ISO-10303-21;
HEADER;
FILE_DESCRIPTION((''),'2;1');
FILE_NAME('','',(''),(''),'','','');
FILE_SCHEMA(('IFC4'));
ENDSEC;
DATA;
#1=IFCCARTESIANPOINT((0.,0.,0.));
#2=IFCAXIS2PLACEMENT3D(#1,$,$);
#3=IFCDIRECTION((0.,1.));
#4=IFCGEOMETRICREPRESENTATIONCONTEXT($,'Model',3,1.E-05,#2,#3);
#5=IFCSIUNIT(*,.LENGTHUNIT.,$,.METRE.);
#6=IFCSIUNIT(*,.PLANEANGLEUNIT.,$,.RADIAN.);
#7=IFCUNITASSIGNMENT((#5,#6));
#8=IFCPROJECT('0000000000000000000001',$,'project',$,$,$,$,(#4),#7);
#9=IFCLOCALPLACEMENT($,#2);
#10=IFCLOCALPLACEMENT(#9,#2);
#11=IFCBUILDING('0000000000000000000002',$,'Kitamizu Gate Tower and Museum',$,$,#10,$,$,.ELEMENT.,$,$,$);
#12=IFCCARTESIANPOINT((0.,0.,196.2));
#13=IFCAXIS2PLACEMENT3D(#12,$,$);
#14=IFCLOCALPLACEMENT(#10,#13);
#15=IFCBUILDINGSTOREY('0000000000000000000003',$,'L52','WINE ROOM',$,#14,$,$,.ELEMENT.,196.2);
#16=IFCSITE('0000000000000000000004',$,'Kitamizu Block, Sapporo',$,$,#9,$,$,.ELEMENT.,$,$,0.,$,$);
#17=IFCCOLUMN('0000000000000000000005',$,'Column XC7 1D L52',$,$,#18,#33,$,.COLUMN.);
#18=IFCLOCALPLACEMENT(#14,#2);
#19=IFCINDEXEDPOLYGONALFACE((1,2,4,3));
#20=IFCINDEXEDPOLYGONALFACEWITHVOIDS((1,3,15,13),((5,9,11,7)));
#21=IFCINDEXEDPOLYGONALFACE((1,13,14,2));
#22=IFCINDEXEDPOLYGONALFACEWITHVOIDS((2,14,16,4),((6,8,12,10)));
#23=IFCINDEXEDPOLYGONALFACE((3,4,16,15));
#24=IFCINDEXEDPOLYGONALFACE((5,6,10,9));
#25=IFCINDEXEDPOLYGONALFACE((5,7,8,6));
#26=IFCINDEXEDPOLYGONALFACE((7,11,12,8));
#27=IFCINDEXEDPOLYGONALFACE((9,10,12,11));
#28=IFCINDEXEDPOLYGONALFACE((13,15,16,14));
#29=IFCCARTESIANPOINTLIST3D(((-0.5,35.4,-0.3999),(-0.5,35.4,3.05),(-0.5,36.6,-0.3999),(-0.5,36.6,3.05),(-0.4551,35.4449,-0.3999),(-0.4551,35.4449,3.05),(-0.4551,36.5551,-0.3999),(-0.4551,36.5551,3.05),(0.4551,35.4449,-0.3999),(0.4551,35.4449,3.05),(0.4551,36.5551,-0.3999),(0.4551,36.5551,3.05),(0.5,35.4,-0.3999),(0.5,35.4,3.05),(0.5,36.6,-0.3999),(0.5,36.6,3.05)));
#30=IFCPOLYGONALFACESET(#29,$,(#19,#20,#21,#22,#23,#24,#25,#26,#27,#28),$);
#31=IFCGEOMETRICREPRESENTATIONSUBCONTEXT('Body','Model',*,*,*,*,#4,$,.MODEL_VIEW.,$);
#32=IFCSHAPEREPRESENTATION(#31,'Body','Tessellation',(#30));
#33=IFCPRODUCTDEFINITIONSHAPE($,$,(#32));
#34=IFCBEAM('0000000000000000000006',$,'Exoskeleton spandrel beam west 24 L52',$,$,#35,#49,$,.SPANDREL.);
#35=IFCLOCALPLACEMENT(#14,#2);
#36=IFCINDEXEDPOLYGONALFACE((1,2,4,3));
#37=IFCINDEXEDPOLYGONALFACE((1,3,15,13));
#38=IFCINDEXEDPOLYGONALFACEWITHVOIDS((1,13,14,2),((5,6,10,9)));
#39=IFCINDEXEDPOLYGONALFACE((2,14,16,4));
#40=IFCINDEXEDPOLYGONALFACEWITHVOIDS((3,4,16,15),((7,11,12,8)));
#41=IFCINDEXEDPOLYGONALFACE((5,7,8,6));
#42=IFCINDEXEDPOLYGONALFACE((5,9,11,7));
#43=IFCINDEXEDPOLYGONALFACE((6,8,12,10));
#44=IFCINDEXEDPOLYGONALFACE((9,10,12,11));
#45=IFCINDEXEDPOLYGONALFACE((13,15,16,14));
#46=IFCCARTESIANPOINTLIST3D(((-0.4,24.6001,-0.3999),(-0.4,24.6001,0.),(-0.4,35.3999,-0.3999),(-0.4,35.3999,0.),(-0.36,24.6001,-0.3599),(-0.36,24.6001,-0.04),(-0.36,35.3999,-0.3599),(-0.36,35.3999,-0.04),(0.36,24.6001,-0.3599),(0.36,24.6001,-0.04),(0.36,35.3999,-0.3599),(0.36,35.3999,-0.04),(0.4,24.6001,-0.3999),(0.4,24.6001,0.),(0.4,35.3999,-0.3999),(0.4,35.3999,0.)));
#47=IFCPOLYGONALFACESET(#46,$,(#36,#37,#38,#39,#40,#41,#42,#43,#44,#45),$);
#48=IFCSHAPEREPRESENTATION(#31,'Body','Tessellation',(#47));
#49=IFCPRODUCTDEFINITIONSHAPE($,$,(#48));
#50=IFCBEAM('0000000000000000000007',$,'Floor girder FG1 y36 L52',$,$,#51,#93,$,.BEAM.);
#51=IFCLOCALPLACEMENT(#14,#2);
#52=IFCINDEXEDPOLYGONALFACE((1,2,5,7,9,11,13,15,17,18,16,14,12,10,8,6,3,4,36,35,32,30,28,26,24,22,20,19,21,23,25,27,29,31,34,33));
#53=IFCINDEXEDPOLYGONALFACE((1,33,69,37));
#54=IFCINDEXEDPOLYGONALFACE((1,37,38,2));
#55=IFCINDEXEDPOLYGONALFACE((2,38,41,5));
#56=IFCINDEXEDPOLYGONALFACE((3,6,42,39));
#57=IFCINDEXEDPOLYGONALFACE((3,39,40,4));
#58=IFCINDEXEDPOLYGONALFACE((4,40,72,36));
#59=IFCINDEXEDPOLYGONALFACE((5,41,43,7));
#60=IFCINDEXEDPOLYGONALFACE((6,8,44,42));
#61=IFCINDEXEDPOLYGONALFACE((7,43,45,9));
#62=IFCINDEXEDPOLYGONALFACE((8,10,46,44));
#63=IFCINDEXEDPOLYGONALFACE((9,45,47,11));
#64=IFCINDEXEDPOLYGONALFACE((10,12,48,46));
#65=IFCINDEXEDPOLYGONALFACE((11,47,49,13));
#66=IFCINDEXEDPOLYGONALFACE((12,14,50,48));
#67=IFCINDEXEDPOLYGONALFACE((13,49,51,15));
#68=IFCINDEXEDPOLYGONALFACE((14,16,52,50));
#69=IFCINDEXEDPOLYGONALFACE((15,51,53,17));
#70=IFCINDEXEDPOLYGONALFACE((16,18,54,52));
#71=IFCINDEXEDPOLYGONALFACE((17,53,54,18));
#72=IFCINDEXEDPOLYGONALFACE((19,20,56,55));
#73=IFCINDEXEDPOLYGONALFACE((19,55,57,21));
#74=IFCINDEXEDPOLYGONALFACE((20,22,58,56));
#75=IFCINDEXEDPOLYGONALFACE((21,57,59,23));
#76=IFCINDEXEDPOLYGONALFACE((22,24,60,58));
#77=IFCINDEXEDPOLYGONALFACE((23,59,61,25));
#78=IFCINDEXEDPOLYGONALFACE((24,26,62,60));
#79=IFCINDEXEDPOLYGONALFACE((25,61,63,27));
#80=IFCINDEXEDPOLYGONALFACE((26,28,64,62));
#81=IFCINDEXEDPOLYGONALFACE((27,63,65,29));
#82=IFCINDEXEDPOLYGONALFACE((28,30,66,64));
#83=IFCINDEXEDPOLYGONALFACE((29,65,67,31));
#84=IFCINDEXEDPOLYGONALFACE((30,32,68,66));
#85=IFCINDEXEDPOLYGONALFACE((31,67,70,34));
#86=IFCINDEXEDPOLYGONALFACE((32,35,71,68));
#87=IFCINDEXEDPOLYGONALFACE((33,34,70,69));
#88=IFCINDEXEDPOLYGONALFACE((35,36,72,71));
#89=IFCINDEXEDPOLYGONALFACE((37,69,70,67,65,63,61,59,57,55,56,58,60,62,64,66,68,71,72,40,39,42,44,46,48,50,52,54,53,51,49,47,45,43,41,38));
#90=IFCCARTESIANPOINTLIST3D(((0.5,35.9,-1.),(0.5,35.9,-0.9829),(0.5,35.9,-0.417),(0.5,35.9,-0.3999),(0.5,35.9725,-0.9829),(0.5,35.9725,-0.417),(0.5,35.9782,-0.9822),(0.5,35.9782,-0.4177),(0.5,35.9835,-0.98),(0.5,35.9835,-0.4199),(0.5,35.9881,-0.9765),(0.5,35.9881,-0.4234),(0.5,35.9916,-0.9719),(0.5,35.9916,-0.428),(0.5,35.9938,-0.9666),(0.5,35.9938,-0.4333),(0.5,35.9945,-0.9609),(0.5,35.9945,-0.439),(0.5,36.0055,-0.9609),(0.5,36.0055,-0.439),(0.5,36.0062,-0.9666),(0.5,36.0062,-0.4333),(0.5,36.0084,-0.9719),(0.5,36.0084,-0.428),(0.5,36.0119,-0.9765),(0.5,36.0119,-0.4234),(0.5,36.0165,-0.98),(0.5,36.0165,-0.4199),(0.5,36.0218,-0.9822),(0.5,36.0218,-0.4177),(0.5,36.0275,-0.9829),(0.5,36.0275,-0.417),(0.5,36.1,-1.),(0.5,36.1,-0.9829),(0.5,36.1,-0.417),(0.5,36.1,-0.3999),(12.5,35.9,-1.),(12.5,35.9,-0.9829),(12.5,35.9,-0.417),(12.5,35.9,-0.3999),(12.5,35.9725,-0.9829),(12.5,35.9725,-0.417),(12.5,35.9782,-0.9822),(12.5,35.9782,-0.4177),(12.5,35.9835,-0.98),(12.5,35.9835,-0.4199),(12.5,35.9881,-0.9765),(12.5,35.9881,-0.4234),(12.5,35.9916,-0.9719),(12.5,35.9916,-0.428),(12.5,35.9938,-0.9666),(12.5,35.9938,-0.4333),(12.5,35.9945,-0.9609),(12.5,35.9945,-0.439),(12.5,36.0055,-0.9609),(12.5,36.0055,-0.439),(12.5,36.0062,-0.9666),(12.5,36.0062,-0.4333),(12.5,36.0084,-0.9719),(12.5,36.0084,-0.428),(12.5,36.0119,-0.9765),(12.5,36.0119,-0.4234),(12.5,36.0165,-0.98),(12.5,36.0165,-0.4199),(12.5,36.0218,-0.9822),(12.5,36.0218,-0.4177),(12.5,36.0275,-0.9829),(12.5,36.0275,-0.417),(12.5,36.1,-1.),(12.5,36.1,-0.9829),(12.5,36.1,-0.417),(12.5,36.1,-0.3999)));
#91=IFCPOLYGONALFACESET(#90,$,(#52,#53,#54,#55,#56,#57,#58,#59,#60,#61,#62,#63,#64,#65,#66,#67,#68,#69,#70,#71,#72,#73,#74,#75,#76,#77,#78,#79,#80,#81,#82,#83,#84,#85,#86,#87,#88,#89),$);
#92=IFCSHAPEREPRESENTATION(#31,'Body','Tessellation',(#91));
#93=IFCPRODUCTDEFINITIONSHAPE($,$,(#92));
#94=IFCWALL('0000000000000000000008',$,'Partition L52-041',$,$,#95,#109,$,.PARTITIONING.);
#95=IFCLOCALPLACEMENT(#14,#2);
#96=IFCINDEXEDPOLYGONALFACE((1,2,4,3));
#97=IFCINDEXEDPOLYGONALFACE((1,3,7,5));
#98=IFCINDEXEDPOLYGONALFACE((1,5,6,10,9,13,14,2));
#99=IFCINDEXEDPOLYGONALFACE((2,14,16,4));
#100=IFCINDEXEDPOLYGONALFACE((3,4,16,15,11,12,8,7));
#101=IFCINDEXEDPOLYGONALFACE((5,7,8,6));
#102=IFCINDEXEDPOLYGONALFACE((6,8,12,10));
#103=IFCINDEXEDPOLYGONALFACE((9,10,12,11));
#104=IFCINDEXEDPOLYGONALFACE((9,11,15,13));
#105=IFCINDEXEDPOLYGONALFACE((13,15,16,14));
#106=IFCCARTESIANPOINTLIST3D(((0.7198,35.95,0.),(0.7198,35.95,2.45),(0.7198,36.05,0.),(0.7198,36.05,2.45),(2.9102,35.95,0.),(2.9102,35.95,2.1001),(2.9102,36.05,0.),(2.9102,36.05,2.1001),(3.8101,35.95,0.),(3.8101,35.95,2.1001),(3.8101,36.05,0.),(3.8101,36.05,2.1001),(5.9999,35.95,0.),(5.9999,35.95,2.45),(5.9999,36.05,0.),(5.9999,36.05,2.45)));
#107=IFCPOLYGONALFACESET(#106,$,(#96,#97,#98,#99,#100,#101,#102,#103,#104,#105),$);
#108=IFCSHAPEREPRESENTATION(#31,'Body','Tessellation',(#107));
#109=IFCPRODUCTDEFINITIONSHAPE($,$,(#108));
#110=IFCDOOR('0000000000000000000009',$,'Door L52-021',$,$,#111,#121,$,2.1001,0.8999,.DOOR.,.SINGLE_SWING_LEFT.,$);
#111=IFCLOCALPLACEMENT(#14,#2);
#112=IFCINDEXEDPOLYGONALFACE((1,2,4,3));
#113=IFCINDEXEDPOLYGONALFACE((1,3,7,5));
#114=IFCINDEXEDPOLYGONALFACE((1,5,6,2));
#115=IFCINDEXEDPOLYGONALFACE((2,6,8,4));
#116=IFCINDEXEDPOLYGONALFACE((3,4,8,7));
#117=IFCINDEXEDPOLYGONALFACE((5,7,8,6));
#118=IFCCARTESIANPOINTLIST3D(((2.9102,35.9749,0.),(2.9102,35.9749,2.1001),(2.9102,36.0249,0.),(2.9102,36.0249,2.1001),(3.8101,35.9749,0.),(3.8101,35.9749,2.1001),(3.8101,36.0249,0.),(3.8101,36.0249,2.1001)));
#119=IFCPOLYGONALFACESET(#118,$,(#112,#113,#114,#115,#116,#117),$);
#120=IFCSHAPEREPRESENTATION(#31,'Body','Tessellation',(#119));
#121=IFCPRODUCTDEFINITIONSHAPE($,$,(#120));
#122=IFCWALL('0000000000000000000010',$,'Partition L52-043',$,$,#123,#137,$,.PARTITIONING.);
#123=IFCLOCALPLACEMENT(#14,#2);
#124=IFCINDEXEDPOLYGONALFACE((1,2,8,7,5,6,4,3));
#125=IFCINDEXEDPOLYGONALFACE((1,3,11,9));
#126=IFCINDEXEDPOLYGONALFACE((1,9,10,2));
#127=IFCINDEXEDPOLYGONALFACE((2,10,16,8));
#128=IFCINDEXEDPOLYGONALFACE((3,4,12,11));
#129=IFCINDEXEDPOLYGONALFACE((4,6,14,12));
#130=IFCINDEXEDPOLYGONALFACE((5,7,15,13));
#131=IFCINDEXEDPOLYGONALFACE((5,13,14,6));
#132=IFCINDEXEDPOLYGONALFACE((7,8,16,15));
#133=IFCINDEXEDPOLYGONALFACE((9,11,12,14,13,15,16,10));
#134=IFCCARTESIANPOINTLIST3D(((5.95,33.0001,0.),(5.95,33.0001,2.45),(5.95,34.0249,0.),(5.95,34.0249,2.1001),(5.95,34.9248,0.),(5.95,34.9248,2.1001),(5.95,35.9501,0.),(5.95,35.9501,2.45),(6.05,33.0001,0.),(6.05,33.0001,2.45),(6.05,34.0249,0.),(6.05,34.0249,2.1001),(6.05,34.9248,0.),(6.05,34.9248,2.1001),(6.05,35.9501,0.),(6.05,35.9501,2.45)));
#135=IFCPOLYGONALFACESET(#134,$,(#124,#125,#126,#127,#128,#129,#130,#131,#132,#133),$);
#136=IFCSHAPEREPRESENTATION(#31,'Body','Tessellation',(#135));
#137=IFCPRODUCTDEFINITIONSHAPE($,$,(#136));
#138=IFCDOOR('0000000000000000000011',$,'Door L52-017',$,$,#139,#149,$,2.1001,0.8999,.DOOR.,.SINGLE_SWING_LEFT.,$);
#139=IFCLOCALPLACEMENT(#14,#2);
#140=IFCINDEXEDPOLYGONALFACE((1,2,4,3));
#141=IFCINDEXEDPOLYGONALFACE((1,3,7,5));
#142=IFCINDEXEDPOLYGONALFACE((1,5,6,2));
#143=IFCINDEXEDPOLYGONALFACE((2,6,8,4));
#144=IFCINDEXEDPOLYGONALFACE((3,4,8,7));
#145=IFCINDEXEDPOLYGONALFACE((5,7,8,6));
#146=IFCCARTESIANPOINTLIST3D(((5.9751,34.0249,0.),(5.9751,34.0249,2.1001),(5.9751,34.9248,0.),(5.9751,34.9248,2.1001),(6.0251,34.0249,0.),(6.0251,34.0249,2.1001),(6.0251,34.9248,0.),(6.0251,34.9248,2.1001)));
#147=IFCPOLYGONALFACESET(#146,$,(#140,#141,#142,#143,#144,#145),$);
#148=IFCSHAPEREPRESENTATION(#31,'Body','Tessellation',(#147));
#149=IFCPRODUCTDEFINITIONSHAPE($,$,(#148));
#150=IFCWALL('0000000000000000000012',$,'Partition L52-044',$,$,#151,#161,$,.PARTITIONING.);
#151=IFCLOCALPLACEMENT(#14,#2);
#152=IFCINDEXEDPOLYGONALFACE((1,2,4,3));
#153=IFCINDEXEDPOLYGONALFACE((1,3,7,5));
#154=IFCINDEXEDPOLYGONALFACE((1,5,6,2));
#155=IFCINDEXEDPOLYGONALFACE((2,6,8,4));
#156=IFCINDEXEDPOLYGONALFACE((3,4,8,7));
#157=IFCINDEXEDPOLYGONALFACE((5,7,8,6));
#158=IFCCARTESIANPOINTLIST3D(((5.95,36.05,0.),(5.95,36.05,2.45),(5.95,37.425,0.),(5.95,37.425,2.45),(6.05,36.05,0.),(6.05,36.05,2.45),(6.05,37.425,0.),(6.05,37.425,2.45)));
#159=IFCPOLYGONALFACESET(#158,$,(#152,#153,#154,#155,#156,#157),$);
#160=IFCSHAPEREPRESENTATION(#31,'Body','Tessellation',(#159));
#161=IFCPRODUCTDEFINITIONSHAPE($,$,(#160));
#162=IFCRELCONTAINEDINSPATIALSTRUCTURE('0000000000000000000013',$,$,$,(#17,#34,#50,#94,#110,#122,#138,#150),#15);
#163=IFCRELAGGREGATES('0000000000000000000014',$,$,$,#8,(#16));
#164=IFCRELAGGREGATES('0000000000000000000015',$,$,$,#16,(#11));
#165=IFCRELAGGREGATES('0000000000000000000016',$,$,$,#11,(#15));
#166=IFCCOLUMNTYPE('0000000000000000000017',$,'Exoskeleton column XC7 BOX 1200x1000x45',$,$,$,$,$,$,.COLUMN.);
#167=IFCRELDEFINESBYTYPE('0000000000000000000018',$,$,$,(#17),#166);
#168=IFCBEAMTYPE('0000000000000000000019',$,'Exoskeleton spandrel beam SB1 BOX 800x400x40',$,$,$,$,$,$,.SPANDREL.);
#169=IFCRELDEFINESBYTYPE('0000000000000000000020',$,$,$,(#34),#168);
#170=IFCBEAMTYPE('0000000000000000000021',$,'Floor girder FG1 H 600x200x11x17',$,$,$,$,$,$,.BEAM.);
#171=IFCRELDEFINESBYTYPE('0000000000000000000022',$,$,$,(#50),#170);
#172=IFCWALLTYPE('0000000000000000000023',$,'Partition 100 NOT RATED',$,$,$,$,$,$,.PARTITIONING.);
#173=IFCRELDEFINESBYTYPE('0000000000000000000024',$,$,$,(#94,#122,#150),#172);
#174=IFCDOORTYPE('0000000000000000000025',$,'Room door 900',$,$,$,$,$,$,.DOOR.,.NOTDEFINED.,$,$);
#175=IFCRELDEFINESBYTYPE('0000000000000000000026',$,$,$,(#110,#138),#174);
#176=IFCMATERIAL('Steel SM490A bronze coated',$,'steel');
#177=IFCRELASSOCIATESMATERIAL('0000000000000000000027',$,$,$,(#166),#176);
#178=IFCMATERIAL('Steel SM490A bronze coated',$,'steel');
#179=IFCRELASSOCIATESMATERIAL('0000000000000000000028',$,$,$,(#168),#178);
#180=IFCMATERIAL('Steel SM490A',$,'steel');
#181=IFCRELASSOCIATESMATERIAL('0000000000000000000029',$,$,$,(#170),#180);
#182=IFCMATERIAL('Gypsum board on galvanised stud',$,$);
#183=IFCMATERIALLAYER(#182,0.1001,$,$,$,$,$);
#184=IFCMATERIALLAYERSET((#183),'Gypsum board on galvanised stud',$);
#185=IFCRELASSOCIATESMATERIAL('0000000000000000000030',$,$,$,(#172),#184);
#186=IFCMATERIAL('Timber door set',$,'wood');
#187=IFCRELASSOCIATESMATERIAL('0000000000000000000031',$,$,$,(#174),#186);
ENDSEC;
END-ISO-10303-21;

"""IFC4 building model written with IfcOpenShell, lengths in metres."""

from ifc_helpers import new_model, si_unit, direction, frame, frame_2d, origin, origin_2d, place, context, subcontext, project, spatial, rectangle, hollow_rectangle, i_section, extrude, material, layer, layer_set, material_profile, profile_set, type_object, element, fill, save


model = new_model("IFC4")

# Units and contexts
model_context = context("Model", 3, precision=1e-05, world=origin(), true_north=direction((0.0, 1.0)))
body_context = subcontext(model_context, "Body", "Model", "MODEL_VIEW")
ifc_project = project(units=[si_unit("LENGTHUNIT", "METRE"), si_unit("PLANEANGLEUNIT", "RADIAN")], contexts=[model_context])

# Site, building, storey
site_placement = place(None, origin())
site = spatial("IfcSite", under=ifc_project, at=site_placement, Name="Kitamizu Block, Sapporo", CompositionType="ELEMENT", RefElevation=0.0)
building_placement = place(site_placement, origin())
building = spatial("IfcBuilding", under=site, at=building_placement, Name="Kitamizu Gate Tower and Museum", CompositionType="ELEMENT")
storey_placement = place(building_placement, frame((0.0, 0.0, 196.2)))
storey = spatial("IfcBuildingStorey", under=building, at=storey_placement, Name="L52", Description="WINE ROOM", CompositionType="ELEMENT", Elevation=196.2)

# Column
ifc_material_1 = material(Name="Steel SM490A bronze coated", Category="steel")
ifc_material_profile_1 = material_profile(ifc_material_1, hollow_rectangle(XDim=1.2, YDim=1.0, WallThickness=0.0449, at=origin_2d()), Name="BOX 1200x1000x45")
ifc_profile_set_1 = profile_set([ifc_material_profile_1], Name="Steel SM490A bronze coated")
column_type = type_object("IfcColumnType", Name="Exoskeleton column XC7 BOX 1200x1000x45", PredefinedType="COLUMN", material=ifc_profile_set_1)
column_placement = place(storey_placement, frame((0.0, 36.0, -0.3999), z_axis=(0.0, 0.0, 1.0), x_axis=(0.0, 1.0, 0.0)))
element("IfcColumn", 1, at=column_placement, inside=storey, type_object=column_type, Name="Column XC7 1D L52", PredefinedType="COLUMN", context=body_context, shape_type="SweptSolid", body=[
    extrude(hollow_rectangle(XDim=1.2, YDim=1.0, WallThickness=0.0449, at=origin_2d()), origin(), (0.0, 0.0, 1.0), 3.45),
])

# Beams
ifc_material_2 = material(Name="Steel SM490A bronze coated", Category="steel")
ifc_material_profile_2 = material_profile(ifc_material_2, hollow_rectangle(XDim=0.8, YDim=0.3999, WallThickness=0.04, at=origin_2d()), Name="BOX 800x400x40")
ifc_profile_set_2 = profile_set([ifc_material_profile_2], Name="Steel SM490A bronze coated")
beam_type_1 = type_object("IfcBeamType", Name="Exoskeleton spandrel beam SB1 BOX 800x400x40", PredefinedType="SPANDREL", material=ifc_profile_set_2)
beam_1_placement = place(storey_placement, frame((0.0, 24.6001, -0.2), z_axis=(0.0, 1.0, 0.0), x_axis=(-1.0, 0.0, 0.0)))
element("IfcBeam", 2, at=beam_1_placement, inside=storey, type_object=beam_type_1, Name="Exoskeleton spandrel beam west 24 L52", PredefinedType="SPANDREL", context=body_context, shape_type="SweptSolid", body=[
    extrude(hollow_rectangle(XDim=0.8, YDim=0.3999, WallThickness=0.04, at=origin_2d()), origin(), (0.0, 0.0, 1.0), 10.7998),
])
ifc_material_3 = material(Name="Steel SM490A", Category="steel")
ifc_material_profile_3 = material_profile(ifc_material_3, i_section(OverallWidth=0.2, OverallDepth=0.6001, WebThickness=0.011, FlangeThickness=0.0171, FilletRadius=0.022, at=origin_2d()), Name="H-600x200x11x17")
ifc_profile_set_3 = profile_set([ifc_material_profile_3], Name="Steel SM490A")
beam_type_2 = type_object("IfcBeamType", Name="Floor girder FG1 H 600x200x11x17", PredefinedType="BEAM", material=ifc_profile_set_3)
beam_2_placement = place(storey_placement, frame((0.5, 36.0, -0.7), z_axis=(1.0, 0.0, 0.0), x_axis=(0.0, 1.0, 0.0)))
element("IfcBeam", 3, at=beam_2_placement, inside=storey, type_object=beam_type_2, Name="Floor girder FG1 y36 L52", PredefinedType="BEAM", context=body_context, shape_type="SweptSolid", body=[
    extrude(i_section(OverallWidth=0.2, OverallDepth=0.6001, WebThickness=0.011, FlangeThickness=0.0171, FilletRadius=0.022, at=origin_2d()), origin(), (0.0, 0.0, 1.0), 12.0),
])

# Walls, openings, doors
ifc_material_4 = material(Name="Gypsum board on galvanised stud")
ifc_layer_1 = layer(ifc_material_4, 0.1001)
ifc_layer_set_1 = layer_set([ifc_layer_1], Name="Gypsum board on galvanised stud")
wall_type_1 = type_object("IfcWallType", Name="Partition 100 NOT RATED", PredefinedType="PARTITIONING", material=ifc_layer_set_1)
wall_1_placement = place(storey_placement, frame((6.0, 36.0, 0.0), z_axis=(0.0, 0.0, 1.0), x_axis=(-1.0, 0.0, 0.0)))
wall_1 = element("IfcWall", 4, at=wall_1_placement, inside=storey, type_object=wall_type_1, Name="Partition L52-041", PredefinedType="PARTITIONING", context=body_context, shape_type="SweptSolid", body=[
    extrude(rectangle(XDim=5.28, YDim=0.1001, at=frame_2d((2.6401, 0.0))), origin(), (0.0, 0.0, 1.0), 2.45),
])
opening_1_placement = place(wall_1_placement, frame((2.1899, 0.0, 0.0)))
opening_1 = element("IfcOpeningElement", 5, at=opening_1_placement, cuts=wall_1, PredefinedType="OPENING", context=body_context, shape_type="SweptSolid", body=[
    extrude(rectangle(XDim=0.8999, YDim=2.1001, at=frame_2d((0.45, 1.05))), frame((0.0, 0.0601, 0.0), z_axis=(0.0, -1.0, 0.0), x_axis=(1.0, 0.0, 0.0)), (0.0, 0.0, 1.0), 0.1201),
])
ifc_material_5 = material(Name="Timber door set", Category="wood")
door_type_1 = type_object("IfcDoorType", Name="Room door 900", OperationType="NOTDEFINED", PredefinedType="DOOR", material=ifc_material_5)
door_1_placement = place(opening_1_placement, frame((0.8999, 0.0, 0.0), x_axis=(-1.0, 0.0, 0.0)))
door_1 = element("IfcDoor", 6, at=door_1_placement, inside=storey, type_object=door_type_1, Name="Door L52-021", OperationType="SINGLE_SWING_LEFT", OverallHeight=2.1001, OverallWidth=0.8999, PredefinedType="DOOR", context=body_context, shape_type="SweptSolid", body=[
    extrude(rectangle(XDim=0.8999, YDim=2.1001, at=frame_2d((0.45, 1.05))), frame((0.0, 0.0249, 0.0), z_axis=(0.0, -1.0, 0.0), x_axis=(1.0, 0.0, 0.0)), (0.0, 0.0, 1.0), 0.05),
])
fill(opening_1, door_1)
wall_2_placement = place(storey_placement, frame((6.0, 33.0, 0.0), z_axis=(0.0, 0.0, 1.0), x_axis=(0.0, 1.0, 0.0)))
wall_2 = element("IfcWall", 7, at=wall_2_placement, inside=storey, type_object=wall_type_1, Name="Partition L52-043", PredefinedType="PARTITIONING", context=body_context, shape_type="SweptSolid", body=[
    extrude(rectangle(XDim=2.95, YDim=0.1001, at=frame_2d((1.4751, 0.0))), origin(), (0.0, 0.0, 1.0), 2.45),
])
opening_2_placement = place(wall_2_placement, frame((1.0249, 0.0, 0.0)))
opening_2 = element("IfcOpeningElement", 8, at=opening_2_placement, cuts=wall_2, PredefinedType="OPENING", context=body_context, shape_type="SweptSolid", body=[
    extrude(rectangle(XDim=0.8999, YDim=2.1001, at=frame_2d((0.45, 1.05))), frame((0.0, 0.0601, 0.0), z_axis=(0.0, -1.0, 0.0), x_axis=(1.0, 0.0, 0.0)), (0.0, 0.0, 1.0), 0.1201),
])
door_2_placement = place(opening_2_placement, origin())
door_2 = element("IfcDoor", 9, at=door_2_placement, inside=storey, type_object=door_type_1, Name="Door L52-017", OperationType="SINGLE_SWING_LEFT", OverallHeight=2.1001, OverallWidth=0.8999, PredefinedType="DOOR", context=body_context, shape_type="SweptSolid", body=[
    extrude(rectangle(XDim=0.8999, YDim=2.1001, at=frame_2d((0.45, 1.05))), frame((0.0, 0.0249, 0.0), z_axis=(0.0, -1.0, 0.0), x_axis=(1.0, 0.0, 0.0)), (0.0, 0.0, 1.0), 0.05),
])
fill(opening_2, door_2)

# Wall
wall_3_placement = place(storey_placement, frame((6.0, 36.05, 0.0), z_axis=(0.0, 0.0, 1.0), x_axis=(0.0, 1.0, 0.0)))
element("IfcWall", 10, at=wall_3_placement, inside=storey, type_object=wall_type_1, Name="Partition L52-044", PredefinedType="PARTITIONING", context=body_context, shape_type="SweptSolid", body=[
    extrude(rectangle(XDim=1.375, YDim=0.1001, at=frame_2d((0.6875, 0.0))), origin(), (0.0, 0.0, 1.0), 2.45),
])

save(model, "model.ifc")
